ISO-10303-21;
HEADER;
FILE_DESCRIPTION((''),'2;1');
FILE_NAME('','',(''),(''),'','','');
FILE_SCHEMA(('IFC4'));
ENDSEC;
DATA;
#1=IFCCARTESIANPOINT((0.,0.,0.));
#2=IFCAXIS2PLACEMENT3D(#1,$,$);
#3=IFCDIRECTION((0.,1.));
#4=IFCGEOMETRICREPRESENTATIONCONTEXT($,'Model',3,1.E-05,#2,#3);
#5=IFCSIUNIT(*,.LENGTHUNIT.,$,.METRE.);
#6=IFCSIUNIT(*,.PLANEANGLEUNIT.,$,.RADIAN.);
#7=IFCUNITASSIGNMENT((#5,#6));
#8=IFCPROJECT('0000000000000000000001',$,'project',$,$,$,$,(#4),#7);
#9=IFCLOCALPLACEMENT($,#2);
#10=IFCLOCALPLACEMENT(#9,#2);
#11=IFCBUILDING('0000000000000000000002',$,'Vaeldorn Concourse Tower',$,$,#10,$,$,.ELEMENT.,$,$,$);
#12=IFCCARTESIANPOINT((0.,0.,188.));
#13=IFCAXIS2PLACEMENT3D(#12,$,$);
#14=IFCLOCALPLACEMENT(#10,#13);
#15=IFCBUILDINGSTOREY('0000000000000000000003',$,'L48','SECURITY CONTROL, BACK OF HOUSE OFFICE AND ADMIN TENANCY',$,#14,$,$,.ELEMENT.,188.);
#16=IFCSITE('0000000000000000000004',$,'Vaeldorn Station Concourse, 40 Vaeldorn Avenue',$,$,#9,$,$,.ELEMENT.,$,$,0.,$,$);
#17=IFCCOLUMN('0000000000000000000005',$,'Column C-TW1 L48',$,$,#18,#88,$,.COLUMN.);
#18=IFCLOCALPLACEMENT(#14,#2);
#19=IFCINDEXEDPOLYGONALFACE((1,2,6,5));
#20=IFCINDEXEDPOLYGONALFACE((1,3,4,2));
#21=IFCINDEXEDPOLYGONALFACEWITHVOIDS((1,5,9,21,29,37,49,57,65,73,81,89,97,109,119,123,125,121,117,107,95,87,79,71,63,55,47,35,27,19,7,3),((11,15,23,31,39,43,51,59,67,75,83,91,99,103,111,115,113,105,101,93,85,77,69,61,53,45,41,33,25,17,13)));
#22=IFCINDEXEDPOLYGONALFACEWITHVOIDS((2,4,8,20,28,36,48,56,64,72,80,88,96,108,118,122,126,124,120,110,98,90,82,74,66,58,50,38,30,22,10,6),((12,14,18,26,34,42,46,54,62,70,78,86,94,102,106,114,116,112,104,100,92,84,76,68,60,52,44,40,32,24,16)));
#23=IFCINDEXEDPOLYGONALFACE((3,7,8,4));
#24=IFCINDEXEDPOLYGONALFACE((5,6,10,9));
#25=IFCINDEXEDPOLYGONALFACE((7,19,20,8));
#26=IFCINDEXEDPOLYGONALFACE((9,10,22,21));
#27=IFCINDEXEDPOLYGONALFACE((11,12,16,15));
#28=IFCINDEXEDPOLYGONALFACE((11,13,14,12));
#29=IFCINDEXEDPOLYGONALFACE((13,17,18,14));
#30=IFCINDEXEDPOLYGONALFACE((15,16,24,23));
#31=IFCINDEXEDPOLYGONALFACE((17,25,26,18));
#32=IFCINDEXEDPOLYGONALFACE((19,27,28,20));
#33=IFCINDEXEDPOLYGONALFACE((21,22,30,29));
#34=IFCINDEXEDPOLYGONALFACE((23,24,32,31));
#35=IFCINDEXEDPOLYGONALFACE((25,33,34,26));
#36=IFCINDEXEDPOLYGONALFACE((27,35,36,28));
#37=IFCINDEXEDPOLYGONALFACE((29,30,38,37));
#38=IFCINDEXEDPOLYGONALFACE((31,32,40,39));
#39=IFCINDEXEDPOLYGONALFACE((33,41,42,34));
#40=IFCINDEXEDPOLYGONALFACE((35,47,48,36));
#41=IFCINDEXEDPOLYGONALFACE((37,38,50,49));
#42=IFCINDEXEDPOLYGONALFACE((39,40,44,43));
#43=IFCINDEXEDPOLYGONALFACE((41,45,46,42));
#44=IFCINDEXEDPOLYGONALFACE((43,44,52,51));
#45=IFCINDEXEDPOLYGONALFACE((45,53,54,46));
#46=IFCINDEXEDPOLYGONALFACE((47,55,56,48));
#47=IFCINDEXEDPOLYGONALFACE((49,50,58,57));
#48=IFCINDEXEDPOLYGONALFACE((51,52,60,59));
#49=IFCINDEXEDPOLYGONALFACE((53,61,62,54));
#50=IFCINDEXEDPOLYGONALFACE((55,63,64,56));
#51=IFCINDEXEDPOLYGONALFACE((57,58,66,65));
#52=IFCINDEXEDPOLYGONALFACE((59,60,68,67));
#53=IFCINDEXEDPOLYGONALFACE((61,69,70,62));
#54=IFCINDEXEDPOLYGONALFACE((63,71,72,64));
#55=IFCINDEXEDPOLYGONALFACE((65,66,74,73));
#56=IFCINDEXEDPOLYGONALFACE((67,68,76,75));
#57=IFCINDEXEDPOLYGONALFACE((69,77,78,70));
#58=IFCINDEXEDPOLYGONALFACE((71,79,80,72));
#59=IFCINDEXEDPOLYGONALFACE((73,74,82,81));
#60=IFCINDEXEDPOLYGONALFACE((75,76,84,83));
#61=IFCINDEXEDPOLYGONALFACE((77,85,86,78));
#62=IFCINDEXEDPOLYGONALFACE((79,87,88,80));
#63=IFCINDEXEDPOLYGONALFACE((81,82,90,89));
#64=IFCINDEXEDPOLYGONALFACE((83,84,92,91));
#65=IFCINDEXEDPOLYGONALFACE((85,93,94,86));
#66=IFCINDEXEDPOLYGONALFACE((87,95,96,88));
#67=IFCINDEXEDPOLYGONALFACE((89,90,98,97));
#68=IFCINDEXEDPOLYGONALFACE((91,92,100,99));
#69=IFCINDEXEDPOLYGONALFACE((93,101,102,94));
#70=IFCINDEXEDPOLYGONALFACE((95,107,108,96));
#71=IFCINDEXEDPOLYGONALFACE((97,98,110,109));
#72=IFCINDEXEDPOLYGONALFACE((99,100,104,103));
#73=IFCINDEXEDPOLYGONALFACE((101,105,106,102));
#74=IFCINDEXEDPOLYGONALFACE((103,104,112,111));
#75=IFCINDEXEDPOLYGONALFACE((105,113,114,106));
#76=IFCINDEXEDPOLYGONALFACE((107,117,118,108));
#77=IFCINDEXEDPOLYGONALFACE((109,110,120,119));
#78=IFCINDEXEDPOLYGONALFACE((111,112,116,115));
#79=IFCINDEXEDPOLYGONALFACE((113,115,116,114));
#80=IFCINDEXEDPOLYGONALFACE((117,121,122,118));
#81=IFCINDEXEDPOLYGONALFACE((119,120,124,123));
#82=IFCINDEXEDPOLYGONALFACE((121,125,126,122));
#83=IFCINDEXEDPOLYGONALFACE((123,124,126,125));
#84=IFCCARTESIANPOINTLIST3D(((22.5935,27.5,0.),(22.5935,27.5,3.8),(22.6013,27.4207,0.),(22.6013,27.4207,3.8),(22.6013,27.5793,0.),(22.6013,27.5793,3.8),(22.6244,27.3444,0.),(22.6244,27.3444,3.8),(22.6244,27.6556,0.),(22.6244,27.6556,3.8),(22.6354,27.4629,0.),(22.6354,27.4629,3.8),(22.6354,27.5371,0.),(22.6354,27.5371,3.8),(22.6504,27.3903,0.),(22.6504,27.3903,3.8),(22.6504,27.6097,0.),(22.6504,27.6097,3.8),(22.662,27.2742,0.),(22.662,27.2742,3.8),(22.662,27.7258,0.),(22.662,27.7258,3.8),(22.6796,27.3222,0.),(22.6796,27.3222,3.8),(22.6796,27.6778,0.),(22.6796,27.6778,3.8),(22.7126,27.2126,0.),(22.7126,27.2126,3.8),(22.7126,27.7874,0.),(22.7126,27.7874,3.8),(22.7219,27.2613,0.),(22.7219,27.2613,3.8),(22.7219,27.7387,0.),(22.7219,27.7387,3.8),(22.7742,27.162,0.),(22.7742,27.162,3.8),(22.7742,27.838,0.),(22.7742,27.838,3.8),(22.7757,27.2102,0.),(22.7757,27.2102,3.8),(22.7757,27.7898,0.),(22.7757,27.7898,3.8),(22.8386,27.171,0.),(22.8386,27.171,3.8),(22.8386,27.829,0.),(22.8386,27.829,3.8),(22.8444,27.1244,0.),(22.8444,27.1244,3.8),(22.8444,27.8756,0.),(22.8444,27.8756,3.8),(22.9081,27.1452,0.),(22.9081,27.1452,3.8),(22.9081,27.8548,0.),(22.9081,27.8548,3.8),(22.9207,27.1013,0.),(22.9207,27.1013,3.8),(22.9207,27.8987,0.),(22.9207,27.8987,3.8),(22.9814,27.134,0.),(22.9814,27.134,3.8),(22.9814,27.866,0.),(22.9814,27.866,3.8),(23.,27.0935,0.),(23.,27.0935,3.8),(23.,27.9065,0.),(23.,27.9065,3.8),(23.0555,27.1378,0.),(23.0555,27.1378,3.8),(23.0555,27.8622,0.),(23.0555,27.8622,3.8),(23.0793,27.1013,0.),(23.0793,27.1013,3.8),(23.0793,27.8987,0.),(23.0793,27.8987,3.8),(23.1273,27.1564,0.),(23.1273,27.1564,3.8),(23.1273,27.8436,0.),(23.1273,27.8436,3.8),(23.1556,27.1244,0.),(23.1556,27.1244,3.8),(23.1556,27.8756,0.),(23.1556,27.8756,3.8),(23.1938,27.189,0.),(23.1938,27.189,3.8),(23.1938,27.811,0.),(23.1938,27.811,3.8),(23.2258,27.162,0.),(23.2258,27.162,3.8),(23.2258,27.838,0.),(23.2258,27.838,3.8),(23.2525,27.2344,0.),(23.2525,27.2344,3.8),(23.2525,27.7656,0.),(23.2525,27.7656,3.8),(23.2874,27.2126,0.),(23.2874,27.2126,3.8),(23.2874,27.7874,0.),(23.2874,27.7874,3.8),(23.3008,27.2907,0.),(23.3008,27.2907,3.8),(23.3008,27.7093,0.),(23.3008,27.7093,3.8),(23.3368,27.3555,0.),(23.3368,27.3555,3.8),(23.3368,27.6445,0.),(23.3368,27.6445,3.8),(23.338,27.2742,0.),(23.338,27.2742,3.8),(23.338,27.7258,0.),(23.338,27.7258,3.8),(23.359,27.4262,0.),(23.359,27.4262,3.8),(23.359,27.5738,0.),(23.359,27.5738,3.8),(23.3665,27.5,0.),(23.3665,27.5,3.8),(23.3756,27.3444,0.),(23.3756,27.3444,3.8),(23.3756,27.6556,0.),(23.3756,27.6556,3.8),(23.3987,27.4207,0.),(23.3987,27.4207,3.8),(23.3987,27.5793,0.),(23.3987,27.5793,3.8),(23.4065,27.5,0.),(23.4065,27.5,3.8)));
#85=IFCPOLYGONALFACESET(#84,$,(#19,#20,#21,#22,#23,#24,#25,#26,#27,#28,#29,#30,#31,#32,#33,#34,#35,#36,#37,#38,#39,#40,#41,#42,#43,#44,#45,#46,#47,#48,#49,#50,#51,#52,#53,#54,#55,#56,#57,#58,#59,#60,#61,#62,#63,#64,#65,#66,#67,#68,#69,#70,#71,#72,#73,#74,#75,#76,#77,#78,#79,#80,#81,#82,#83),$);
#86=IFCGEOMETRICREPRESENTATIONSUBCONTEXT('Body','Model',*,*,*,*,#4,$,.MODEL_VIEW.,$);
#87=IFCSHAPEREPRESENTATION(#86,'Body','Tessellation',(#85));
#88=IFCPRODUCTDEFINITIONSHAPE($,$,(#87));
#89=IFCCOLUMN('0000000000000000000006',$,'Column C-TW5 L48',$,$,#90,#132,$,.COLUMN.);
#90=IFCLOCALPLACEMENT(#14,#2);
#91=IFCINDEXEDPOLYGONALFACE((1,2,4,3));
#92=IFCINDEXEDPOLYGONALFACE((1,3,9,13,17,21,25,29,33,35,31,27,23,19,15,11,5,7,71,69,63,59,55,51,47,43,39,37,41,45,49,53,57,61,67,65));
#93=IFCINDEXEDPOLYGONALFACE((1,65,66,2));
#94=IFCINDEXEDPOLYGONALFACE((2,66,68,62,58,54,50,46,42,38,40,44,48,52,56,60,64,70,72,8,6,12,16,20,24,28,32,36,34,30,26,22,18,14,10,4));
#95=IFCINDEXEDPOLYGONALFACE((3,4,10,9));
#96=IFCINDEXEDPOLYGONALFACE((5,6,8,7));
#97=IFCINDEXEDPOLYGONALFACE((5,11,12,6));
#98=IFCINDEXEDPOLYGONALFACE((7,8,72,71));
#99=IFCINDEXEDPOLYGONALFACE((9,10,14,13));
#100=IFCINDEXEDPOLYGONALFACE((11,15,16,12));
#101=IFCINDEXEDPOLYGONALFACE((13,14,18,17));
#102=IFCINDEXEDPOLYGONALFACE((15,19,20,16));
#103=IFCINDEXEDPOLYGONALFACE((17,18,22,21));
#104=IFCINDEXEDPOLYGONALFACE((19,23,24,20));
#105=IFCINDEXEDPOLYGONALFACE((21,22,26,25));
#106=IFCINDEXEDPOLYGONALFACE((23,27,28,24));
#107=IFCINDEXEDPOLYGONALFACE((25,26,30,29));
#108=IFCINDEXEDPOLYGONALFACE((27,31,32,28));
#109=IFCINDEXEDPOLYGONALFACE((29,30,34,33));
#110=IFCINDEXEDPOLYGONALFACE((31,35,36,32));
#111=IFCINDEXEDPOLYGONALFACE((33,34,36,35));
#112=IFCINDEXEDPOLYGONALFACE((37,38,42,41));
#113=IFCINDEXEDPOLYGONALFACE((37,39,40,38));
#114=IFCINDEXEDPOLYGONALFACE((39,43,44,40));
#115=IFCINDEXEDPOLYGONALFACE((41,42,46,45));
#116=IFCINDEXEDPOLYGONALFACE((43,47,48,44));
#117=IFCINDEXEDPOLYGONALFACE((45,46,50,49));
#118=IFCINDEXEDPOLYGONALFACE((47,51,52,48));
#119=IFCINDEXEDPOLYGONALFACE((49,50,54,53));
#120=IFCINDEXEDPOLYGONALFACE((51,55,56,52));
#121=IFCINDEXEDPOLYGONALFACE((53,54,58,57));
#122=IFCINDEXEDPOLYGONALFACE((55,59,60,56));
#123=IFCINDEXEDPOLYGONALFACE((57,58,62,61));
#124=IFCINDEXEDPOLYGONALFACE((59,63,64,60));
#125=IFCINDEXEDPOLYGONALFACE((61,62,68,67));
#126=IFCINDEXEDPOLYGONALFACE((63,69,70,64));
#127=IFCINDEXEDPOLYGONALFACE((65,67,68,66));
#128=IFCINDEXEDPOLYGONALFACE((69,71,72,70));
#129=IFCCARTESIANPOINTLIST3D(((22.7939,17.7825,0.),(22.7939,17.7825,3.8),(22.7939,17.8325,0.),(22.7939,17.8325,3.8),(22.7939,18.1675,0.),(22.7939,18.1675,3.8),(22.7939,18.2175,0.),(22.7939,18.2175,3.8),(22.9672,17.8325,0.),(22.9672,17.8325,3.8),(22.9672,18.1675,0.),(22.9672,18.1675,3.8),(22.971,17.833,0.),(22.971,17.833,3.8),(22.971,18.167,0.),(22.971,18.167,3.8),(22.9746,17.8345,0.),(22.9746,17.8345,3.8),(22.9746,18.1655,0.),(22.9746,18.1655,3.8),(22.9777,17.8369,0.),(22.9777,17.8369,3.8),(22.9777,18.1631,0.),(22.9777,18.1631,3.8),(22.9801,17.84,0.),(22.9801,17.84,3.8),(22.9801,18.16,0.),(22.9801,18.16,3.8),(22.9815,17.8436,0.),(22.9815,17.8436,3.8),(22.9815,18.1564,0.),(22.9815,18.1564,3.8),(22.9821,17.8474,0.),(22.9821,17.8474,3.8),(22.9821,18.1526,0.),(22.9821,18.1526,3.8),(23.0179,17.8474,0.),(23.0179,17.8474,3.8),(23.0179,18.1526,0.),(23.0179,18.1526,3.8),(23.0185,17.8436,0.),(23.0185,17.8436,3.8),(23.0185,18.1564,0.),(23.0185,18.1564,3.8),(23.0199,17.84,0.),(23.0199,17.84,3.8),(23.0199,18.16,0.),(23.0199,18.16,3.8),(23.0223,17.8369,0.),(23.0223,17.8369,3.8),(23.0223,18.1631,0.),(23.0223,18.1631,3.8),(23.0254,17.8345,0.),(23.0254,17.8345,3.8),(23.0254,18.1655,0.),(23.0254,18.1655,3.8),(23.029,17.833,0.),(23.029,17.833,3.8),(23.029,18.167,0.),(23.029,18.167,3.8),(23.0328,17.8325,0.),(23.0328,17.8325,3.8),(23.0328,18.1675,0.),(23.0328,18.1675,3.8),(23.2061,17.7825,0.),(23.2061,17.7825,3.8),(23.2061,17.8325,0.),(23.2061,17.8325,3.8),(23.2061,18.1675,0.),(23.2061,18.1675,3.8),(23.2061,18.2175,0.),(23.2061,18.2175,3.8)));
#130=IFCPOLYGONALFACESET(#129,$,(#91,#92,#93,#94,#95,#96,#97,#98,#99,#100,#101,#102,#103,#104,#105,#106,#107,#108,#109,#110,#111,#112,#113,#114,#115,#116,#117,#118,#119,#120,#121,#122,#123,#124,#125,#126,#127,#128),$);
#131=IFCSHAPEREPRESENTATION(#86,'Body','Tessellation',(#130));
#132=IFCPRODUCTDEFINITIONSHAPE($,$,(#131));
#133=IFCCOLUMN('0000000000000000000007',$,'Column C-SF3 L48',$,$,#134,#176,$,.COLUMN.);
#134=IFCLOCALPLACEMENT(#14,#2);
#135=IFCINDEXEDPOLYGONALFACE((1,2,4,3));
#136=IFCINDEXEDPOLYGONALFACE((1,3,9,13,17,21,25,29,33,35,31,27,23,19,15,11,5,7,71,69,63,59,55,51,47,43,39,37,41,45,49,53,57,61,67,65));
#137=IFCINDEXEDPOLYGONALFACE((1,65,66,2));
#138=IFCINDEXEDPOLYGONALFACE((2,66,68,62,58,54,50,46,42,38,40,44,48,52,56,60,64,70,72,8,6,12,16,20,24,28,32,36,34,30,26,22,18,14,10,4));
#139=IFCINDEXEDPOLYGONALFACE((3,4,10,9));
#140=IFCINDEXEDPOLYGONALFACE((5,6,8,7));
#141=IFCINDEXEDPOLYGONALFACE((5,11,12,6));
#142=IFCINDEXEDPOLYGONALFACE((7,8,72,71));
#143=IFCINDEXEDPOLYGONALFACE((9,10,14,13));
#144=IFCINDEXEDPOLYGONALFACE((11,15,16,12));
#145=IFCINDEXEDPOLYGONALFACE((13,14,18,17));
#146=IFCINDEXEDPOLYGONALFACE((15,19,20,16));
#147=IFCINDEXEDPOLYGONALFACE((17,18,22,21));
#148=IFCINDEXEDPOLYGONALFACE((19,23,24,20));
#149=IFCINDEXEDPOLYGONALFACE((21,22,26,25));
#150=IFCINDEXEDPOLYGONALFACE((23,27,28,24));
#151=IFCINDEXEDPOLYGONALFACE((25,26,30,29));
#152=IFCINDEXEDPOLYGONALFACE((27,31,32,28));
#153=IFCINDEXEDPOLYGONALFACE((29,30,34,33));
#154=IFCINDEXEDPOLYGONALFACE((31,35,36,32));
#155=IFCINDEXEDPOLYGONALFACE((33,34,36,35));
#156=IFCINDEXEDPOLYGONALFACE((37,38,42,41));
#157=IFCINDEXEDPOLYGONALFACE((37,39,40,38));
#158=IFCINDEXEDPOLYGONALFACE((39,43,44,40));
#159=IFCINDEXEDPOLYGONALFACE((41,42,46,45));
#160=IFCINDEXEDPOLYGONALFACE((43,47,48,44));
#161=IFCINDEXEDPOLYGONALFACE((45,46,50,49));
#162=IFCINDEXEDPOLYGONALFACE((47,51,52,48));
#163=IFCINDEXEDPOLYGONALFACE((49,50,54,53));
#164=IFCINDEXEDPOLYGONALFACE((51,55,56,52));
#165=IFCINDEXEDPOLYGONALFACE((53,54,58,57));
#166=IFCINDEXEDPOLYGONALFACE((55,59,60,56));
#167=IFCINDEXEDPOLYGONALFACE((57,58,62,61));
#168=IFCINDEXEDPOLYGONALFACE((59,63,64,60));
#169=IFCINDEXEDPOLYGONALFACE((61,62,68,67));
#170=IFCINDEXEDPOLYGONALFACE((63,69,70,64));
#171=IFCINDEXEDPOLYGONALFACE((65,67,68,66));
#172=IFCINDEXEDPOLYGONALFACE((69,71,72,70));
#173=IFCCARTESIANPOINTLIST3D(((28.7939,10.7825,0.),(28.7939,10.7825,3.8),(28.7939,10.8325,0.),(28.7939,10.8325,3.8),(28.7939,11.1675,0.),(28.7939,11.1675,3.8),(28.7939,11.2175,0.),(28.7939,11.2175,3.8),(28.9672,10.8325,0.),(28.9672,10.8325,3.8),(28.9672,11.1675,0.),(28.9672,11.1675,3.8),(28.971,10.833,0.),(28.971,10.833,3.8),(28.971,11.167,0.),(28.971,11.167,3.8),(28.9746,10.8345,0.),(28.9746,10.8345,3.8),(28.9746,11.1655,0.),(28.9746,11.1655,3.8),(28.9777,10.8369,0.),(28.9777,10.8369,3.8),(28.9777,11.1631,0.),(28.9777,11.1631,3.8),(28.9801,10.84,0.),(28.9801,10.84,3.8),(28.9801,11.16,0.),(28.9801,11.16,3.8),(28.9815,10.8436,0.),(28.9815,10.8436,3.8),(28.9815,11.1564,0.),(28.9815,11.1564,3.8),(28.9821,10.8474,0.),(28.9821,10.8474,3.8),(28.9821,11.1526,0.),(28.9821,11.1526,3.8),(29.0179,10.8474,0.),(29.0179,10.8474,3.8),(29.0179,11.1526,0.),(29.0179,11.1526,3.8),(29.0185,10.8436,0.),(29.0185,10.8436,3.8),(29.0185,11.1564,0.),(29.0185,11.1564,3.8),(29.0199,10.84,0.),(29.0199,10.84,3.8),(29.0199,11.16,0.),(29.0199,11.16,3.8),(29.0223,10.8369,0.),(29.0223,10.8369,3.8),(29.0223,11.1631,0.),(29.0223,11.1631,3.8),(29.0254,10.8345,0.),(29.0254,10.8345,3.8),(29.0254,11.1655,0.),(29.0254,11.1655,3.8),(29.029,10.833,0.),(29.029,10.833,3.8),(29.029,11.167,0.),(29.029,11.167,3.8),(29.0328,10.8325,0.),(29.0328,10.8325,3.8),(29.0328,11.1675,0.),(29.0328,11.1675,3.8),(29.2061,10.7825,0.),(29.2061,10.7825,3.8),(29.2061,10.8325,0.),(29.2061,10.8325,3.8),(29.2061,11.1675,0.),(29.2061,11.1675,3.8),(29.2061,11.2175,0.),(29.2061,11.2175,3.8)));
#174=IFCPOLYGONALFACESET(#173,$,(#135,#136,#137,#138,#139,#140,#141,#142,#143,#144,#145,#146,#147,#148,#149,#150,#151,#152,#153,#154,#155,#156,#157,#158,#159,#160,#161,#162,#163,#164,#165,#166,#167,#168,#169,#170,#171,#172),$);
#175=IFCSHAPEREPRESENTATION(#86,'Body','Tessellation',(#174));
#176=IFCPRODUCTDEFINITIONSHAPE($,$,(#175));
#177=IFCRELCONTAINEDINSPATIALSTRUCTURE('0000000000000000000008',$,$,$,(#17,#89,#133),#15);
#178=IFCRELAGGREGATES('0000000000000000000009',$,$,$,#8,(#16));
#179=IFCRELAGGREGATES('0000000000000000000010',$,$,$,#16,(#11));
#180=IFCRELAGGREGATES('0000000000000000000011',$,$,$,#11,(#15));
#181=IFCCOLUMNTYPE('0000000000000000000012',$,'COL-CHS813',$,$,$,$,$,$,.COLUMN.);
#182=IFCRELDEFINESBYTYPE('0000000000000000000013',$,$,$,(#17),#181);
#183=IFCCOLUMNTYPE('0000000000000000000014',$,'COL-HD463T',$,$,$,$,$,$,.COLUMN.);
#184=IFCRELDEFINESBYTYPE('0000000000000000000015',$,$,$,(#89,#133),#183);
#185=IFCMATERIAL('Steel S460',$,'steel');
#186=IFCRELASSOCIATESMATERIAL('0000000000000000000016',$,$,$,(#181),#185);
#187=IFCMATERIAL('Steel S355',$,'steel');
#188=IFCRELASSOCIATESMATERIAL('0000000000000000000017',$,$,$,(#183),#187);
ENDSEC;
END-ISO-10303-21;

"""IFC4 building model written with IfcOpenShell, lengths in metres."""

from ifc_helpers import new_model, si_unit, direction, frame, origin, origin_2d, place, context, subcontext, project, spatial, hollow_circle, i_section, extrude, source, transform, mapped, material, material_profile, profile_set, type_object, element, save


model = new_model("IFC4")

# Units and contexts
model_context = context("Model", 3, precision=1e-05, world=origin(), true_north=direction((0.0, 1.0)))
body_context = subcontext(model_context, "Body", "Model", "MODEL_VIEW")
ifc_project = project(units=[si_unit("LENGTHUNIT", "METRE"), si_unit("PLANEANGLEUNIT", "RADIAN")], contexts=[model_context])

# Site, building, storey
site_placement = place(None, origin())
site = spatial("IfcSite", under=ifc_project, at=site_placement, Name="Vaeldorn Station Concourse, 40 Vaeldorn Avenue", CompositionType="ELEMENT", RefElevation=0.0)
building_placement = place(site_placement, origin())
building = spatial("IfcBuilding", under=site, at=building_placement, Name="Vaeldorn Concourse Tower", CompositionType="ELEMENT")
storey_placement = place(building_placement, frame((0.0, 0.0, 188.0)))
storey = spatial("IfcBuildingStorey", under=building, at=storey_placement, Name="L48", Description="SECURITY CONTROL, BACK OF HOUSE OFFICE AND ADMIN TENANCY", CompositionType="ELEMENT", Elevation=188.0)

# Columns
ifc_material_1 = material(Name="Steel S460", Category="steel")
ifc_material_profile_1 = material_profile(ifc_material_1, hollow_circle(Radius=0.4065, WallThickness=0.04, at=origin_2d()), Name="CHS 813x40")
ifc_profile_set_1 = profile_set([ifc_material_profile_1], Name="Steel S460")
column_type_1 = type_object("IfcColumnType", Name="COL-CHS813", PredefinedType="COLUMN", material=ifc_profile_set_1)
shared_shape_1 = source(origin(), body_context, "Body", "SweptSolid", [
    extrude(hollow_circle(Radius=0.4065, WallThickness=0.04, at=origin_2d()), origin(), (0.0, 0.0, 1.0), 3.8),
])
column_placement = place(storey_placement, frame((23.0, 27.5, 0.0), z_axis=(0.0, 0.0, 1.0), x_axis=(1.0, 0.0, 0.0)))
element("IfcColumn", 1, at=column_placement, inside=storey, type_object=column_type_1, Name="Column C-TW1 L48", PredefinedType="COLUMN", context=body_context, shape_type="MappedRepresentation", body=[
    mapped(shared_shape_1, transform((0.0, 0.0, 0.0), scale=1.0)),
])
ifc_material_2 = material(Name="Steel S355", Category="steel")
ifc_material_profile_2 = material_profile(ifc_material_2, i_section(OverallWidth=0.4121, OverallDepth=0.4351, WebThickness=0.0359, FlangeThickness=0.05, FilletRadius=0.0149, at=origin_2d()), Name="HD 400x463")
ifc_profile_set_2 = profile_set([ifc_material_profile_2], Name="Steel S355")
column_type_2 = type_object("IfcColumnType", Name="COL-HD463T", PredefinedType="COLUMN", material=ifc_profile_set_2)
shared_shape_2 = source(origin(), body_context, "Body", "SweptSolid", [
    extrude(i_section(OverallWidth=0.4121, OverallDepth=0.4351, WebThickness=0.0359, FlangeThickness=0.05, FilletRadius=0.0149, at=origin_2d()), origin(), (0.0, 0.0, 1.0), 3.8),
])
for number, where, z_axis, x_axis, name in (
    (2, (23.0, 18.0, 0.0), (0.0, 0.0, 1.0), (1.0, 0.0, 0.0), "Column C-TW5 L48"),
    (3, (29.0, 11.0, 0.0), (0.0, 0.0, 1.0), (1.0, 0.0, 0.0), "Column C-SF3 L48"),
):
    element("IfcColumn", number, at=place(storey_placement, frame(where, z_axis=z_axis, x_axis=x_axis)), inside=storey, type_object=column_type_2, Name=name, PredefinedType="COLUMN", context=body_context, shape_type="MappedRepresentation", body=[
        mapped(shared_shape_2, transform((0.0, 0.0, 0.0), scale=1.0)),
    ])

save(model, "model.ifc")
